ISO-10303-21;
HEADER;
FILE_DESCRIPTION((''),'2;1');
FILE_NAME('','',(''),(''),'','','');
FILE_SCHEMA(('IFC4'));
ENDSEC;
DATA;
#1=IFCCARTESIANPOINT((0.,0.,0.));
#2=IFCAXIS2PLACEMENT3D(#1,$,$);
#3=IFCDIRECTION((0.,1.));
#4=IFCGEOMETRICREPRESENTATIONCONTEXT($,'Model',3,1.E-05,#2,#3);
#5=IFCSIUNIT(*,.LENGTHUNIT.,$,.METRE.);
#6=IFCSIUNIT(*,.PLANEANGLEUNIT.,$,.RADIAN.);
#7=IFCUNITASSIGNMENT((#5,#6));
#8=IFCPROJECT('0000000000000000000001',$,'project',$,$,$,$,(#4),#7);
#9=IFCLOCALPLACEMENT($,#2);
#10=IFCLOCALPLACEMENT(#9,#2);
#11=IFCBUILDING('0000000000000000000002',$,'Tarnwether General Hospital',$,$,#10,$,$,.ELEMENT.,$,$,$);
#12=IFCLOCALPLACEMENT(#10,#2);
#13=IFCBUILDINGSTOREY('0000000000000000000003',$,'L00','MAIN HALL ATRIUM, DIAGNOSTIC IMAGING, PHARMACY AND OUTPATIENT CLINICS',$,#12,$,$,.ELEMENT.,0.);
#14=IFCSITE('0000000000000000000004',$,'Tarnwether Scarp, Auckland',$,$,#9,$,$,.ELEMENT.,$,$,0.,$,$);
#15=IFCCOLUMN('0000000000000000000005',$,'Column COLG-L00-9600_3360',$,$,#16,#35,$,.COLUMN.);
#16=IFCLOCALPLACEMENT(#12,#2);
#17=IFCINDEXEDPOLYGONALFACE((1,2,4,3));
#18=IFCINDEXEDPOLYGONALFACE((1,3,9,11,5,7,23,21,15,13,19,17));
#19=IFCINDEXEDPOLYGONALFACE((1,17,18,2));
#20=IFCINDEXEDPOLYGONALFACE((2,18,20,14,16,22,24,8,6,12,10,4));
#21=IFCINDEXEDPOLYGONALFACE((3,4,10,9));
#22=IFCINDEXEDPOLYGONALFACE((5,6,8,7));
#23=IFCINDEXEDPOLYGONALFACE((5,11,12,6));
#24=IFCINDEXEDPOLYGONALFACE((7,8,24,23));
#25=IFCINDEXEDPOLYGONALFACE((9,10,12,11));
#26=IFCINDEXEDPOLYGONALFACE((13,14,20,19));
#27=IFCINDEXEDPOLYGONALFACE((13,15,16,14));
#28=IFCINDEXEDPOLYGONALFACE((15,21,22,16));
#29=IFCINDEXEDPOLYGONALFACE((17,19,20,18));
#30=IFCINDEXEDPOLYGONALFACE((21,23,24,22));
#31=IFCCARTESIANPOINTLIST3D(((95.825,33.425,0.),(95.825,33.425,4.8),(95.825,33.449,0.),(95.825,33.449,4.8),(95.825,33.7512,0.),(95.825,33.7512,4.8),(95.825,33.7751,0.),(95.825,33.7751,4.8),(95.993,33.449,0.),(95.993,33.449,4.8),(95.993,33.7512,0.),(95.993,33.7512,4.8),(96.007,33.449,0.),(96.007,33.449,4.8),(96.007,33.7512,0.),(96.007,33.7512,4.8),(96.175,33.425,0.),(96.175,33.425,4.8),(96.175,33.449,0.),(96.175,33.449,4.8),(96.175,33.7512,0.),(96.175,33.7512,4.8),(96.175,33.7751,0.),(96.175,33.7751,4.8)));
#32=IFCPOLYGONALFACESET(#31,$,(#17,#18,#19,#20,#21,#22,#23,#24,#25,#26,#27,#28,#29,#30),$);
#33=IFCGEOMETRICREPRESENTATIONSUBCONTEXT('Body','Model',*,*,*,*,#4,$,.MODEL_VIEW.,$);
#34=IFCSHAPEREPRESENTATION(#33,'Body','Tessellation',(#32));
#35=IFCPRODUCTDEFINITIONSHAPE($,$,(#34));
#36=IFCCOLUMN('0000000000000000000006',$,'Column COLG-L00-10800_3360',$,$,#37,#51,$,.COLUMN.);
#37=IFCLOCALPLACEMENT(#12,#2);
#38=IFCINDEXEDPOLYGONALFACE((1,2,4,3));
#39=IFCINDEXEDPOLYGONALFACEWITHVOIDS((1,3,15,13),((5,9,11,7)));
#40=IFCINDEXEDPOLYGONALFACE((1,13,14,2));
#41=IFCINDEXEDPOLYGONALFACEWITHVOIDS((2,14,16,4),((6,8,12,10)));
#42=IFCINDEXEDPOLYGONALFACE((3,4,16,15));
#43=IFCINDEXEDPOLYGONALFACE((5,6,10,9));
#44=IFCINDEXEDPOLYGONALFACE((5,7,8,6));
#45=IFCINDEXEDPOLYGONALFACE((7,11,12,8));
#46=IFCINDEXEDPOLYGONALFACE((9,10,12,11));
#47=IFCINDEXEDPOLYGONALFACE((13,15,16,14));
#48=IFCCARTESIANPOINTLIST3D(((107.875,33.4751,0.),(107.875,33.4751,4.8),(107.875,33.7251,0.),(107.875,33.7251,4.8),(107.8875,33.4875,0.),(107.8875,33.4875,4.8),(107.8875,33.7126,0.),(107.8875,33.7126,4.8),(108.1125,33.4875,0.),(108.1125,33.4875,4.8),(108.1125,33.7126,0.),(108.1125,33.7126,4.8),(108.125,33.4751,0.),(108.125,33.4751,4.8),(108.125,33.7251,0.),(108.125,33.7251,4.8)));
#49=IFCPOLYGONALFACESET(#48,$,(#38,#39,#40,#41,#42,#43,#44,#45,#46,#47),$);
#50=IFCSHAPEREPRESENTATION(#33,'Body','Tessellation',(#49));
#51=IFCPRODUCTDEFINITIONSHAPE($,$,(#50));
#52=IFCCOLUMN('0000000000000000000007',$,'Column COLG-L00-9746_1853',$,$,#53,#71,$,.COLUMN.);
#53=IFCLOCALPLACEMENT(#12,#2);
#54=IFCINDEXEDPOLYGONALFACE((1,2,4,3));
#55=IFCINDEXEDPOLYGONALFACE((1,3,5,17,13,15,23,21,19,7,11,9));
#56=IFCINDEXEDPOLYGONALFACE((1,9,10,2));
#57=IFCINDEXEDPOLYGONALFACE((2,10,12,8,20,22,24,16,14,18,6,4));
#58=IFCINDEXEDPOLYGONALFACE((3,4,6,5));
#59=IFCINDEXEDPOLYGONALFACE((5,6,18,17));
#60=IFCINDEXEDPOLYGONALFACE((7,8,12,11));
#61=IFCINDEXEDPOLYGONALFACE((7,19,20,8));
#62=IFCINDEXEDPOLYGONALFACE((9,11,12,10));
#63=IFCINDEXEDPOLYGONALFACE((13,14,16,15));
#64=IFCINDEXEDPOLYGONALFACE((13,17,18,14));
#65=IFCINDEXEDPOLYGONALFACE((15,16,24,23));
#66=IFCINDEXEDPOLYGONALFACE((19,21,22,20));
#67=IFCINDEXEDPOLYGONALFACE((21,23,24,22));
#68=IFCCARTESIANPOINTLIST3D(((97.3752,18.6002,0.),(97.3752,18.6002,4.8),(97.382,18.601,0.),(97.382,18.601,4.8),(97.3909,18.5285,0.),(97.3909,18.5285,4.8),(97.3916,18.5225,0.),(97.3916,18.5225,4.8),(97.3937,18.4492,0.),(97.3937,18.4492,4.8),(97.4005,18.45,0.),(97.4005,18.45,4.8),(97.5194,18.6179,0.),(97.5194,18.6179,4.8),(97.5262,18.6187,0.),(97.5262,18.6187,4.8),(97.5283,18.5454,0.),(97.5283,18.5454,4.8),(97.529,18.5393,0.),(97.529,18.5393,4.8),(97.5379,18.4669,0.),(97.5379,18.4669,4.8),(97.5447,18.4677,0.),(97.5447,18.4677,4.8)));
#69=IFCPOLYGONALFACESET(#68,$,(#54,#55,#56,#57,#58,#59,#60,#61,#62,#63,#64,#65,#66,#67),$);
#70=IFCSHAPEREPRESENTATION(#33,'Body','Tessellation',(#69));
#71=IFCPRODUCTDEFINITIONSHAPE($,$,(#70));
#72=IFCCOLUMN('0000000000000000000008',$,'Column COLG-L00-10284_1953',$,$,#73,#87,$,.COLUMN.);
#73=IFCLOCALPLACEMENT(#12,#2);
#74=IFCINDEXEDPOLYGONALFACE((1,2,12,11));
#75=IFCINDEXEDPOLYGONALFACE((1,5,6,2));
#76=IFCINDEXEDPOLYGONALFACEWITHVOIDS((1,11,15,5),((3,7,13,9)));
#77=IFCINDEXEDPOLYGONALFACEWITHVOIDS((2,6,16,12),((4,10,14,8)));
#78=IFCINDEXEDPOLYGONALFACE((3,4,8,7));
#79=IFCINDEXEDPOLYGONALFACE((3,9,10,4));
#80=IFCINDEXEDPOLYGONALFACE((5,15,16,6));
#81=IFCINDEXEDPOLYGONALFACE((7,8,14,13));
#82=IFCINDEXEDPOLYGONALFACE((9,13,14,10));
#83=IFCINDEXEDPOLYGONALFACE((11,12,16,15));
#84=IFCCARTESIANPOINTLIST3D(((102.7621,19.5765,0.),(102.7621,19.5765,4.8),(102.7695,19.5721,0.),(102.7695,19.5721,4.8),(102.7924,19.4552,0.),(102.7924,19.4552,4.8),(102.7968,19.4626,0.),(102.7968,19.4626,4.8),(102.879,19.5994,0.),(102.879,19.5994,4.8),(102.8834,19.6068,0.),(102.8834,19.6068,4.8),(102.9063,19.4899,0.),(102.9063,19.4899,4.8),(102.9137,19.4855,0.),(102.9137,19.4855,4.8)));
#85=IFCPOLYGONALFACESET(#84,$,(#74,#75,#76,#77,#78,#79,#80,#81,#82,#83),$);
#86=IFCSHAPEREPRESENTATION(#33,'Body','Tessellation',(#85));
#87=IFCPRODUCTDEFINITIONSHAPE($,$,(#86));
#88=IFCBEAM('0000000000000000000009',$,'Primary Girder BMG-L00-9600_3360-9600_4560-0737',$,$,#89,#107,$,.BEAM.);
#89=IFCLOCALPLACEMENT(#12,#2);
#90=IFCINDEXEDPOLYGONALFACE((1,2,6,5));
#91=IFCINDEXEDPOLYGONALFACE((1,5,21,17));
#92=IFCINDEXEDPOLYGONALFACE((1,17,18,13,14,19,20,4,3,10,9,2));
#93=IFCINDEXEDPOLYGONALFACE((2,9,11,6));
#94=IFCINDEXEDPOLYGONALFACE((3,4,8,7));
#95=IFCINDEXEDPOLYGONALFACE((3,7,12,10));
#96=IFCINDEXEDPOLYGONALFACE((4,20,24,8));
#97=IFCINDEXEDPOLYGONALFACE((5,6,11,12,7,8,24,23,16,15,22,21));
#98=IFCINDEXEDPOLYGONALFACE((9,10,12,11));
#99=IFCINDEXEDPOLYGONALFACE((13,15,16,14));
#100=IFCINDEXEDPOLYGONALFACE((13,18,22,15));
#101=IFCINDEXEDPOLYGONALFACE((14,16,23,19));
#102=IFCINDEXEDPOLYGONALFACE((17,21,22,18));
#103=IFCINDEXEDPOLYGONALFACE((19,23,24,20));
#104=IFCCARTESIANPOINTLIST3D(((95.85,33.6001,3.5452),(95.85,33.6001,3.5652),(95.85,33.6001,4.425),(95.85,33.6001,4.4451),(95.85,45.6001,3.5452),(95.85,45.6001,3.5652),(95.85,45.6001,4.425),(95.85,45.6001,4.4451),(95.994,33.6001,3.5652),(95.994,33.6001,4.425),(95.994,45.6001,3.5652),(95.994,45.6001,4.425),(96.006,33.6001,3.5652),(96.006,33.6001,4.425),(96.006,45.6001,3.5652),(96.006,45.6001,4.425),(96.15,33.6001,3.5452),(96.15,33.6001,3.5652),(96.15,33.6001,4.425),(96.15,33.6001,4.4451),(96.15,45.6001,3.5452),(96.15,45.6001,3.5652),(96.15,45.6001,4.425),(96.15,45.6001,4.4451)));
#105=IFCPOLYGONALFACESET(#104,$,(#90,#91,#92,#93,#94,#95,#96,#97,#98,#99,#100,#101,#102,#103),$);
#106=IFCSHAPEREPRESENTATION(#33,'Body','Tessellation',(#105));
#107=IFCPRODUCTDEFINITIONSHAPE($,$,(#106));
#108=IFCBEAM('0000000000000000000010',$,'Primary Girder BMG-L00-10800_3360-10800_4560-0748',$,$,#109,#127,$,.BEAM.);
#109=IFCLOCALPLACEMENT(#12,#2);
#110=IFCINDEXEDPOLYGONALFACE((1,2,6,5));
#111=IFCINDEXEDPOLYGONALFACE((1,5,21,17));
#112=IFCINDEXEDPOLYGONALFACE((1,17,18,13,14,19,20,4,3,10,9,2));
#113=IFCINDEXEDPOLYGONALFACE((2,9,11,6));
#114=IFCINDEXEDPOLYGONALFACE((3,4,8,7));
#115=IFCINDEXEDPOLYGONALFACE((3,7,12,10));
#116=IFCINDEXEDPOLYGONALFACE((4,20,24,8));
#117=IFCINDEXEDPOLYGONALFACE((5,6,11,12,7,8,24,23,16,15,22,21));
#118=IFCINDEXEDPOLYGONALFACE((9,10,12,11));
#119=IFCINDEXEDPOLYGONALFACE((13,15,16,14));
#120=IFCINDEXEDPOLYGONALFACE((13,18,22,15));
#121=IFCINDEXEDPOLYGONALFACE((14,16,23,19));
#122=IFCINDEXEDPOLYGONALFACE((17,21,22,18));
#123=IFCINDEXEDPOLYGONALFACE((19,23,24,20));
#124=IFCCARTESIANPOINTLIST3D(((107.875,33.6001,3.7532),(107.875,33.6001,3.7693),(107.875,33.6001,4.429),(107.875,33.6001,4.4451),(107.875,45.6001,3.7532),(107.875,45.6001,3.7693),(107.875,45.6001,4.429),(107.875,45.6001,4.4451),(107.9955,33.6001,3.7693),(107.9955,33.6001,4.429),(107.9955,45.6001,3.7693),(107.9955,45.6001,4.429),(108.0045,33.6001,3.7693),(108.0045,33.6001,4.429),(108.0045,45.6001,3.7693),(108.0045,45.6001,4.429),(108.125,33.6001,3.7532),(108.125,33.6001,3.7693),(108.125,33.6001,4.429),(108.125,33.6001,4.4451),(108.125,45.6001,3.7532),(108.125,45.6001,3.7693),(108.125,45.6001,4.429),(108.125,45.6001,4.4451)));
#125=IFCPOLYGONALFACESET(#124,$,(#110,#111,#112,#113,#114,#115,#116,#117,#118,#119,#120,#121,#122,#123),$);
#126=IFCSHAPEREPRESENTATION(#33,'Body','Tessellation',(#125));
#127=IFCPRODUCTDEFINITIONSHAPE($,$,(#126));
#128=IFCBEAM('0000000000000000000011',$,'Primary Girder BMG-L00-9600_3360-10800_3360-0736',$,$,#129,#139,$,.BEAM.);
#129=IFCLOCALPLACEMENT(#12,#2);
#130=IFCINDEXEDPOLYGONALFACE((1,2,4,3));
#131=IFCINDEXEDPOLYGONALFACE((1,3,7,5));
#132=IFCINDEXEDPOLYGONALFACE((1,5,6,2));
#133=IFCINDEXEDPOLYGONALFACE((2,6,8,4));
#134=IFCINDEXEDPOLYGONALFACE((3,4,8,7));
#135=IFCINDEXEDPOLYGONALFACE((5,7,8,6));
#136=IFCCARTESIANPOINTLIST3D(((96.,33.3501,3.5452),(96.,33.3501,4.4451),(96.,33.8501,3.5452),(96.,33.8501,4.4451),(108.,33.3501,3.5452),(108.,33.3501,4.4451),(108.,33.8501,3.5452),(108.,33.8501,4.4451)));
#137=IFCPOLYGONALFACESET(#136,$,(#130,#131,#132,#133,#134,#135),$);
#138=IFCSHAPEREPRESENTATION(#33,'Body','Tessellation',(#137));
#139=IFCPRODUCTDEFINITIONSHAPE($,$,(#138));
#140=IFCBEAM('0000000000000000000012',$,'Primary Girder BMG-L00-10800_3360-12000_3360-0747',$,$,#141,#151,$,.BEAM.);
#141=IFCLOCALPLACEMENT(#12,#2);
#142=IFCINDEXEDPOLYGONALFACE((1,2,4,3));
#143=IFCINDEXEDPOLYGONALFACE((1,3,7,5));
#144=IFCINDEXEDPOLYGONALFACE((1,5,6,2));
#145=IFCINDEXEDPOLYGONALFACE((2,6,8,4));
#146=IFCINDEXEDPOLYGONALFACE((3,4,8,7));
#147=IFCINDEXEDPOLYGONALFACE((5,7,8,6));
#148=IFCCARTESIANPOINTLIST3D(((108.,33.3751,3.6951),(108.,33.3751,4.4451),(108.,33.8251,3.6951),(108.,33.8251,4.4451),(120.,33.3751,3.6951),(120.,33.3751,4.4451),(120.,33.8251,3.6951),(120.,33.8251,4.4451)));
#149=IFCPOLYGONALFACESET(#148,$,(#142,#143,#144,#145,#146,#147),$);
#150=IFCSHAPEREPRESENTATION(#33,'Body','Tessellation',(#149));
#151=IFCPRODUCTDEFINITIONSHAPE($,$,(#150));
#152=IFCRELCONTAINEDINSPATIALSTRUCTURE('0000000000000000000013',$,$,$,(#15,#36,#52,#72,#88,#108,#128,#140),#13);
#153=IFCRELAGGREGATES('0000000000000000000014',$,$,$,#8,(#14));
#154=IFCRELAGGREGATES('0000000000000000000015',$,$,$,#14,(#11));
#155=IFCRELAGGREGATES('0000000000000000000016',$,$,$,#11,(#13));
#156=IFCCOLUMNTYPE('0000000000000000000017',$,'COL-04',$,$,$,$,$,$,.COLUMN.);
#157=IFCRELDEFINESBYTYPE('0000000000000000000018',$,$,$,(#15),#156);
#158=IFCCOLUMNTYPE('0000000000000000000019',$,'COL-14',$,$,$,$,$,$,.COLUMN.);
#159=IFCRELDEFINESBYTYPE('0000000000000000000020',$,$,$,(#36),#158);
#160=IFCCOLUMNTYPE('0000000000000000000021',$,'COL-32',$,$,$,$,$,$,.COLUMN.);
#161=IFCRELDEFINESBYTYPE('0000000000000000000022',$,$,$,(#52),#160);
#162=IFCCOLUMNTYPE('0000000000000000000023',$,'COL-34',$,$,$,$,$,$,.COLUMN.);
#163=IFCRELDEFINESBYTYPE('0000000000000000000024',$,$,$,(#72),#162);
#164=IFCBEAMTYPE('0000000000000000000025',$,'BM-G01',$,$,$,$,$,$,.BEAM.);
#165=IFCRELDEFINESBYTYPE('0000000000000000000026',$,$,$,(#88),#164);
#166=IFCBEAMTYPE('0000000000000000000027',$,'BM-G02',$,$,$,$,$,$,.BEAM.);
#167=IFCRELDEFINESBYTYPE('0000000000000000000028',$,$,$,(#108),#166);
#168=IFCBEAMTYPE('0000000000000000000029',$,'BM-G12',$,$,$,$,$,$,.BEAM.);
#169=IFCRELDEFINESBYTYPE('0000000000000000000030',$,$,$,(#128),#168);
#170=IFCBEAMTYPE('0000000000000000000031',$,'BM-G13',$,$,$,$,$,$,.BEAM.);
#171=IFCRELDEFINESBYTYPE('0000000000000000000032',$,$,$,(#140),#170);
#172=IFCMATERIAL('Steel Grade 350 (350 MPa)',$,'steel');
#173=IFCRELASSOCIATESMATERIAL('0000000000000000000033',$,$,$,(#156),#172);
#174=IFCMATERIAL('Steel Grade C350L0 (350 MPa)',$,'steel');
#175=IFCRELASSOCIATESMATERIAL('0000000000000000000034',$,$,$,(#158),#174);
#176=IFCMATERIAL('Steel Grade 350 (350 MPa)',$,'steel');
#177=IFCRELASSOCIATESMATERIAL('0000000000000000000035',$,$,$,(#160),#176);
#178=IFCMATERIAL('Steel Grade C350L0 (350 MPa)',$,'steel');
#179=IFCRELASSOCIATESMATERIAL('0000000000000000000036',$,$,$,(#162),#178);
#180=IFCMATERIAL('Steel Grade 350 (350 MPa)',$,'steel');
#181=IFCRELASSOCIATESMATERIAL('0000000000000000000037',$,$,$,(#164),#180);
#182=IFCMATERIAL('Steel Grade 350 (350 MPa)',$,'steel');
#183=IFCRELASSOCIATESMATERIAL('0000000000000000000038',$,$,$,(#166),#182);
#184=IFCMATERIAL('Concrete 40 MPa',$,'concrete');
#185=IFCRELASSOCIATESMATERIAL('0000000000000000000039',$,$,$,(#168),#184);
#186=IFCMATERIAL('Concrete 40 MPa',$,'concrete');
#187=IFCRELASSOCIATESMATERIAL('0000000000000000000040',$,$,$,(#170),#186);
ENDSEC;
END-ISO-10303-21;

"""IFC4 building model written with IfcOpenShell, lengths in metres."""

from ifc_helpers import new_model, si_unit, direction, frame, origin, origin_2d, place, context, subcontext, project, spatial, rectangle, hollow_rectangle, i_section, extrude, material, material_profile, profile_set, type_object, element, save


model = new_model("IFC4")

# Units and contexts
model_context = context("Model", 3, precision=1e-05, world=origin(), true_north=direction((0.0, 1.0)))
body_context = subcontext(model_context, "Body", "Model", "MODEL_VIEW")
ifc_project = project(units=[si_unit("LENGTHUNIT", "METRE"), si_unit("PLANEANGLEUNIT", "RADIAN")], contexts=[model_context])

# Site, building, storey
site_placement = place(None, origin())
site = spatial("IfcSite", under=ifc_project, at=site_placement, Name="Tarnwether Scarp, Auckland", CompositionType="ELEMENT", RefElevation=0.0)
building_placement = place(site_placement, origin())
building = spatial("IfcBuilding", under=site, at=building_placement, Name="Tarnwether General Hospital", CompositionType="ELEMENT")
storey_placement = place(building_placement, origin())
storey = spatial("IfcBuildingStorey", under=building, at=storey_placement, Name="L00", Description="MAIN HALL ATRIUM, DIAGNOSTIC IMAGING, PHARMACY AND OUTPATIENT CLINICS", CompositionType="ELEMENT", Elevation=0.0)

# Columns
ifc_material_1 = material(Name="Steel Grade 350 (350 MPa)", Category="steel")
ifc_material_profile_1 = material_profile(ifc_material_1, i_section(OverallWidth=0.3501, OverallDepth=0.3501, WebThickness=0.0139, FlangeThickness=0.0239, at=origin_2d()), Name="350WC197")
ifc_profile_set_1 = profile_set([ifc_material_profile_1], Name="Steel Grade 350 (350 MPa)")
column_type_1 = type_object("IfcColumnType", Name="COL-04", PredefinedType="COLUMN", material=ifc_profile_set_1)
column_1_placement = place(storey_placement, frame((96.0, 33.6001, 0.0), z_axis=(0.0, 0.0, 1.0), x_axis=(1.0, 0.0, 0.0)))
element("IfcColumn", 1, at=column_1_placement, inside=storey, type_object=column_type_1, Name="Column COLG-L00-9600_3360", PredefinedType="COLUMN", context=body_context, shape_type="SweptSolid", body=[
    extrude(i_section(OverallWidth=0.3501, OverallDepth=0.3501, WebThickness=0.0139, FlangeThickness=0.0239, at=origin_2d()), origin(), (0.0, 0.0, 1.0), 4.8),
])
ifc_material_2 = material(Name="Steel Grade C350L0 (350 MPa)", Category="steel")
ifc_material_profile_2 = material_profile(ifc_material_2, hollow_rectangle(XDim=0.25, YDim=0.25, WallThickness=0.0125, at=origin_2d()), Name="SHS250x250x12.5")
ifc_profile_set_2 = profile_set([ifc_material_profile_2], Name="Steel Grade C350L0 (350 MPa)")
column_type_2 = type_object("IfcColumnType", Name="COL-14", PredefinedType="COLUMN", material=ifc_profile_set_2)
column_2_placement = place(storey_placement, frame((108.0, 33.6001, 0.0), z_axis=(0.0, 0.0, 1.0), x_axis=(0.0, 1.0, 0.0)))
element("IfcColumn", 2, at=column_2_placement, inside=storey, type_object=column_type_2, Name="Column COLG-L00-10800_3360", PredefinedType="COLUMN", context=body_context, shape_type="SweptSolid", body=[
    extrude(hollow_rectangle(XDim=0.25, YDim=0.25, WallThickness=0.0125, at=origin_2d()), origin(), (0.0, 0.0, 1.0), 4.8),
])
ifc_material_3 = material(Name="Steel Grade 350 (350 MPa)", Category="steel")
ifc_material_profile_3 = material_profile(ifc_material_3, i_section(OverallWidth=0.1521, OverallDepth=0.1521, WebThickness=0.0061, FlangeThickness=0.0068, at=origin_2d()), Name="150UC23.4")
ifc_profile_set_3 = profile_set([ifc_material_profile_3], Name="Steel Grade 350 (350 MPa)")
column_type_3 = type_object("IfcColumnType", Name="COL-32", PredefinedType="COLUMN", material=ifc_profile_set_3)
column_3_placement = place(storey_placement, frame((97.46, 18.5339, 0.0), z_axis=(0.0, 0.0, 1.0), x_axis=(-0.121869, 0.992546, 0.0)))
element("IfcColumn", 3, at=column_3_placement, inside=storey, type_object=column_type_3, Name="Column COLG-L00-9746_1853", PredefinedType="COLUMN", context=body_context, shape_type="SweptSolid", body=[
    extrude(i_section(OverallWidth=0.1521, OverallDepth=0.1521, WebThickness=0.0061, FlangeThickness=0.0068, at=origin_2d()), origin(), (0.0, 0.0, 1.0), 4.8),
])
ifc_material_4 = material(Name="Steel Grade C350L0 (350 MPa)", Category="steel")
ifc_material_profile_4 = material_profile(ifc_material_4, hollow_rectangle(XDim=0.125, YDim=0.125, WallThickness=0.0061, at=origin_2d()), Name="SHS125x125x6")
ifc_profile_set_4 = profile_set([ifc_material_profile_4], Name="Steel Grade C350L0 (350 MPa)")
column_type_4 = type_object("IfcColumnType", Name="COL-34", PredefinedType="COLUMN", material=ifc_profile_set_4)
column_4_placement = place(storey_placement, frame((102.8379, 19.531, 0.0), z_axis=(0.0, 0.0, 1.0), x_axis=(-0.241922, 0.970296, 0.0)))
element("IfcColumn", 4, at=column_4_placement, inside=storey, type_object=column_type_4, Name="Column COLG-L00-10284_1953", PredefinedType="COLUMN", context=body_context, shape_type="SweptSolid", body=[
    extrude(hollow_rectangle(XDim=0.125, YDim=0.125, WallThickness=0.0061, at=origin_2d()), origin(), (0.0, 0.0, 1.0), 4.8),
])

# Beams
ifc_material_5 = material(Name="Steel Grade 350 (350 MPa)", Category="steel")
ifc_material_profile_5 = material_profile(ifc_material_5, i_section(OverallWidth=0.3, OverallDepth=0.8999, WebThickness=0.012, FlangeThickness=0.02, at=origin_2d()), Name="900WB175")
ifc_profile_set_5 = profile_set([ifc_material_profile_5], Name="Steel Grade 350 (350 MPa)")
beam_type_1 = type_object("IfcBeamType", Name="BM-G01", PredefinedType="BEAM", material=ifc_profile_set_5)
beam_1_placement = place(storey_placement, frame((96.0, 33.6001, 3.9951), z_axis=(0.0, 1.0, 0.0), x_axis=(-1.0, 0.0, 0.0)))
element("IfcBeam", 5, at=beam_1_placement, inside=storey, type_object=beam_type_1, Name="Primary Girder BMG-L00-9600_3360-9600_4560-0737", PredefinedType="BEAM", context=body_context, shape_type="SweptSolid", body=[
    extrude(i_section(OverallWidth=0.3, OverallDepth=0.8999, WebThickness=0.012, FlangeThickness=0.02, at=origin_2d()), origin(), (0.0, 0.0, 1.0), 12.0),
])
ifc_material_6 = material(Name="Steel Grade 350 (350 MPa)", Category="steel")
ifc_material_profile_6 = material_profile(ifc_material_6, i_section(OverallWidth=0.25, OverallDepth=0.6919, WebThickness=0.009, FlangeThickness=0.0161, at=origin_2d()), Name="700WB115")
ifc_profile_set_6 = profile_set([ifc_material_profile_6], Name="Steel Grade 350 (350 MPa)")
beam_type_2 = type_object("IfcBeamType", Name="BM-G02", PredefinedType="BEAM", material=ifc_profile_set_6)
beam_2_placement = place(storey_placement, frame((108.0, 33.6001, 4.0991), z_axis=(0.0, 1.0, 0.0), x_axis=(-1.0, 0.0, 0.0)))
element("IfcBeam", 6, at=beam_2_placement, inside=storey, type_object=beam_type_2, Name="Primary Girder BMG-L00-10800_3360-10800_4560-0748", PredefinedType="BEAM", context=body_context, shape_type="SweptSolid", body=[
    extrude(i_section(OverallWidth=0.25, OverallDepth=0.6919, WebThickness=0.009, FlangeThickness=0.0161, at=origin_2d()), origin(), (0.0, 0.0, 1.0), 12.0),
])
ifc_material_7 = material(Name="Concrete 40 MPa", Category="concrete")
ifc_material_profile_7 = material_profile(ifc_material_7, rectangle(XDim=0.5, YDim=0.8999, at=origin_2d()), Name="RC-BM-500x900")
ifc_profile_set_7 = profile_set([ifc_material_profile_7], Name="Concrete 40 MPa")
beam_type_3 = type_object("IfcBeamType", Name="BM-G12", PredefinedType="BEAM", material=ifc_profile_set_7)
beam_3_placement = place(storey_placement, frame((96.0, 33.6001, 3.9951), z_axis=(1.0, 0.0, 0.0), x_axis=(0.0, 1.0, 0.0)))
element("IfcBeam", 7, at=beam_3_placement, inside=storey, type_object=beam_type_3, Name="Primary Girder BMG-L00-9600_3360-10800_3360-0736", PredefinedType="BEAM", context=body_context, shape_type="SweptSolid", body=[
    extrude(rectangle(XDim=0.5, YDim=0.8999, at=origin_2d()), origin(), (0.0, 0.0, 1.0), 12.0),
])
ifc_material_8 = material(Name="Concrete 40 MPa", Category="concrete")
ifc_material_profile_8 = material_profile(ifc_material_8, rectangle(XDim=0.45, YDim=0.75, at=origin_2d()), Name="RC-BM-450x750")
ifc_profile_set_8 = profile_set([ifc_material_profile_8], Name="Concrete 40 MPa")
beam_type_4 = type_object("IfcBeamType", Name="BM-G13", PredefinedType="BEAM", material=ifc_profile_set_8)
beam_4_placement = place(storey_placement, frame((108.0, 33.6001, 4.0701), z_axis=(1.0, 0.0, 0.0), x_axis=(0.0, 1.0, 0.0)))
element("IfcBeam", 8, at=beam_4_placement, inside=storey, type_object=beam_type_4, Name="Primary Girder BMG-L00-10800_3360-12000_3360-0747", PredefinedType="BEAM", context=body_context, shape_type="SweptSolid", body=[
    extrude(rectangle(XDim=0.45, YDim=0.75, at=origin_2d()), origin(), (0.0, 0.0, 1.0), 12.0),
])

save(model, "model.ifc")
